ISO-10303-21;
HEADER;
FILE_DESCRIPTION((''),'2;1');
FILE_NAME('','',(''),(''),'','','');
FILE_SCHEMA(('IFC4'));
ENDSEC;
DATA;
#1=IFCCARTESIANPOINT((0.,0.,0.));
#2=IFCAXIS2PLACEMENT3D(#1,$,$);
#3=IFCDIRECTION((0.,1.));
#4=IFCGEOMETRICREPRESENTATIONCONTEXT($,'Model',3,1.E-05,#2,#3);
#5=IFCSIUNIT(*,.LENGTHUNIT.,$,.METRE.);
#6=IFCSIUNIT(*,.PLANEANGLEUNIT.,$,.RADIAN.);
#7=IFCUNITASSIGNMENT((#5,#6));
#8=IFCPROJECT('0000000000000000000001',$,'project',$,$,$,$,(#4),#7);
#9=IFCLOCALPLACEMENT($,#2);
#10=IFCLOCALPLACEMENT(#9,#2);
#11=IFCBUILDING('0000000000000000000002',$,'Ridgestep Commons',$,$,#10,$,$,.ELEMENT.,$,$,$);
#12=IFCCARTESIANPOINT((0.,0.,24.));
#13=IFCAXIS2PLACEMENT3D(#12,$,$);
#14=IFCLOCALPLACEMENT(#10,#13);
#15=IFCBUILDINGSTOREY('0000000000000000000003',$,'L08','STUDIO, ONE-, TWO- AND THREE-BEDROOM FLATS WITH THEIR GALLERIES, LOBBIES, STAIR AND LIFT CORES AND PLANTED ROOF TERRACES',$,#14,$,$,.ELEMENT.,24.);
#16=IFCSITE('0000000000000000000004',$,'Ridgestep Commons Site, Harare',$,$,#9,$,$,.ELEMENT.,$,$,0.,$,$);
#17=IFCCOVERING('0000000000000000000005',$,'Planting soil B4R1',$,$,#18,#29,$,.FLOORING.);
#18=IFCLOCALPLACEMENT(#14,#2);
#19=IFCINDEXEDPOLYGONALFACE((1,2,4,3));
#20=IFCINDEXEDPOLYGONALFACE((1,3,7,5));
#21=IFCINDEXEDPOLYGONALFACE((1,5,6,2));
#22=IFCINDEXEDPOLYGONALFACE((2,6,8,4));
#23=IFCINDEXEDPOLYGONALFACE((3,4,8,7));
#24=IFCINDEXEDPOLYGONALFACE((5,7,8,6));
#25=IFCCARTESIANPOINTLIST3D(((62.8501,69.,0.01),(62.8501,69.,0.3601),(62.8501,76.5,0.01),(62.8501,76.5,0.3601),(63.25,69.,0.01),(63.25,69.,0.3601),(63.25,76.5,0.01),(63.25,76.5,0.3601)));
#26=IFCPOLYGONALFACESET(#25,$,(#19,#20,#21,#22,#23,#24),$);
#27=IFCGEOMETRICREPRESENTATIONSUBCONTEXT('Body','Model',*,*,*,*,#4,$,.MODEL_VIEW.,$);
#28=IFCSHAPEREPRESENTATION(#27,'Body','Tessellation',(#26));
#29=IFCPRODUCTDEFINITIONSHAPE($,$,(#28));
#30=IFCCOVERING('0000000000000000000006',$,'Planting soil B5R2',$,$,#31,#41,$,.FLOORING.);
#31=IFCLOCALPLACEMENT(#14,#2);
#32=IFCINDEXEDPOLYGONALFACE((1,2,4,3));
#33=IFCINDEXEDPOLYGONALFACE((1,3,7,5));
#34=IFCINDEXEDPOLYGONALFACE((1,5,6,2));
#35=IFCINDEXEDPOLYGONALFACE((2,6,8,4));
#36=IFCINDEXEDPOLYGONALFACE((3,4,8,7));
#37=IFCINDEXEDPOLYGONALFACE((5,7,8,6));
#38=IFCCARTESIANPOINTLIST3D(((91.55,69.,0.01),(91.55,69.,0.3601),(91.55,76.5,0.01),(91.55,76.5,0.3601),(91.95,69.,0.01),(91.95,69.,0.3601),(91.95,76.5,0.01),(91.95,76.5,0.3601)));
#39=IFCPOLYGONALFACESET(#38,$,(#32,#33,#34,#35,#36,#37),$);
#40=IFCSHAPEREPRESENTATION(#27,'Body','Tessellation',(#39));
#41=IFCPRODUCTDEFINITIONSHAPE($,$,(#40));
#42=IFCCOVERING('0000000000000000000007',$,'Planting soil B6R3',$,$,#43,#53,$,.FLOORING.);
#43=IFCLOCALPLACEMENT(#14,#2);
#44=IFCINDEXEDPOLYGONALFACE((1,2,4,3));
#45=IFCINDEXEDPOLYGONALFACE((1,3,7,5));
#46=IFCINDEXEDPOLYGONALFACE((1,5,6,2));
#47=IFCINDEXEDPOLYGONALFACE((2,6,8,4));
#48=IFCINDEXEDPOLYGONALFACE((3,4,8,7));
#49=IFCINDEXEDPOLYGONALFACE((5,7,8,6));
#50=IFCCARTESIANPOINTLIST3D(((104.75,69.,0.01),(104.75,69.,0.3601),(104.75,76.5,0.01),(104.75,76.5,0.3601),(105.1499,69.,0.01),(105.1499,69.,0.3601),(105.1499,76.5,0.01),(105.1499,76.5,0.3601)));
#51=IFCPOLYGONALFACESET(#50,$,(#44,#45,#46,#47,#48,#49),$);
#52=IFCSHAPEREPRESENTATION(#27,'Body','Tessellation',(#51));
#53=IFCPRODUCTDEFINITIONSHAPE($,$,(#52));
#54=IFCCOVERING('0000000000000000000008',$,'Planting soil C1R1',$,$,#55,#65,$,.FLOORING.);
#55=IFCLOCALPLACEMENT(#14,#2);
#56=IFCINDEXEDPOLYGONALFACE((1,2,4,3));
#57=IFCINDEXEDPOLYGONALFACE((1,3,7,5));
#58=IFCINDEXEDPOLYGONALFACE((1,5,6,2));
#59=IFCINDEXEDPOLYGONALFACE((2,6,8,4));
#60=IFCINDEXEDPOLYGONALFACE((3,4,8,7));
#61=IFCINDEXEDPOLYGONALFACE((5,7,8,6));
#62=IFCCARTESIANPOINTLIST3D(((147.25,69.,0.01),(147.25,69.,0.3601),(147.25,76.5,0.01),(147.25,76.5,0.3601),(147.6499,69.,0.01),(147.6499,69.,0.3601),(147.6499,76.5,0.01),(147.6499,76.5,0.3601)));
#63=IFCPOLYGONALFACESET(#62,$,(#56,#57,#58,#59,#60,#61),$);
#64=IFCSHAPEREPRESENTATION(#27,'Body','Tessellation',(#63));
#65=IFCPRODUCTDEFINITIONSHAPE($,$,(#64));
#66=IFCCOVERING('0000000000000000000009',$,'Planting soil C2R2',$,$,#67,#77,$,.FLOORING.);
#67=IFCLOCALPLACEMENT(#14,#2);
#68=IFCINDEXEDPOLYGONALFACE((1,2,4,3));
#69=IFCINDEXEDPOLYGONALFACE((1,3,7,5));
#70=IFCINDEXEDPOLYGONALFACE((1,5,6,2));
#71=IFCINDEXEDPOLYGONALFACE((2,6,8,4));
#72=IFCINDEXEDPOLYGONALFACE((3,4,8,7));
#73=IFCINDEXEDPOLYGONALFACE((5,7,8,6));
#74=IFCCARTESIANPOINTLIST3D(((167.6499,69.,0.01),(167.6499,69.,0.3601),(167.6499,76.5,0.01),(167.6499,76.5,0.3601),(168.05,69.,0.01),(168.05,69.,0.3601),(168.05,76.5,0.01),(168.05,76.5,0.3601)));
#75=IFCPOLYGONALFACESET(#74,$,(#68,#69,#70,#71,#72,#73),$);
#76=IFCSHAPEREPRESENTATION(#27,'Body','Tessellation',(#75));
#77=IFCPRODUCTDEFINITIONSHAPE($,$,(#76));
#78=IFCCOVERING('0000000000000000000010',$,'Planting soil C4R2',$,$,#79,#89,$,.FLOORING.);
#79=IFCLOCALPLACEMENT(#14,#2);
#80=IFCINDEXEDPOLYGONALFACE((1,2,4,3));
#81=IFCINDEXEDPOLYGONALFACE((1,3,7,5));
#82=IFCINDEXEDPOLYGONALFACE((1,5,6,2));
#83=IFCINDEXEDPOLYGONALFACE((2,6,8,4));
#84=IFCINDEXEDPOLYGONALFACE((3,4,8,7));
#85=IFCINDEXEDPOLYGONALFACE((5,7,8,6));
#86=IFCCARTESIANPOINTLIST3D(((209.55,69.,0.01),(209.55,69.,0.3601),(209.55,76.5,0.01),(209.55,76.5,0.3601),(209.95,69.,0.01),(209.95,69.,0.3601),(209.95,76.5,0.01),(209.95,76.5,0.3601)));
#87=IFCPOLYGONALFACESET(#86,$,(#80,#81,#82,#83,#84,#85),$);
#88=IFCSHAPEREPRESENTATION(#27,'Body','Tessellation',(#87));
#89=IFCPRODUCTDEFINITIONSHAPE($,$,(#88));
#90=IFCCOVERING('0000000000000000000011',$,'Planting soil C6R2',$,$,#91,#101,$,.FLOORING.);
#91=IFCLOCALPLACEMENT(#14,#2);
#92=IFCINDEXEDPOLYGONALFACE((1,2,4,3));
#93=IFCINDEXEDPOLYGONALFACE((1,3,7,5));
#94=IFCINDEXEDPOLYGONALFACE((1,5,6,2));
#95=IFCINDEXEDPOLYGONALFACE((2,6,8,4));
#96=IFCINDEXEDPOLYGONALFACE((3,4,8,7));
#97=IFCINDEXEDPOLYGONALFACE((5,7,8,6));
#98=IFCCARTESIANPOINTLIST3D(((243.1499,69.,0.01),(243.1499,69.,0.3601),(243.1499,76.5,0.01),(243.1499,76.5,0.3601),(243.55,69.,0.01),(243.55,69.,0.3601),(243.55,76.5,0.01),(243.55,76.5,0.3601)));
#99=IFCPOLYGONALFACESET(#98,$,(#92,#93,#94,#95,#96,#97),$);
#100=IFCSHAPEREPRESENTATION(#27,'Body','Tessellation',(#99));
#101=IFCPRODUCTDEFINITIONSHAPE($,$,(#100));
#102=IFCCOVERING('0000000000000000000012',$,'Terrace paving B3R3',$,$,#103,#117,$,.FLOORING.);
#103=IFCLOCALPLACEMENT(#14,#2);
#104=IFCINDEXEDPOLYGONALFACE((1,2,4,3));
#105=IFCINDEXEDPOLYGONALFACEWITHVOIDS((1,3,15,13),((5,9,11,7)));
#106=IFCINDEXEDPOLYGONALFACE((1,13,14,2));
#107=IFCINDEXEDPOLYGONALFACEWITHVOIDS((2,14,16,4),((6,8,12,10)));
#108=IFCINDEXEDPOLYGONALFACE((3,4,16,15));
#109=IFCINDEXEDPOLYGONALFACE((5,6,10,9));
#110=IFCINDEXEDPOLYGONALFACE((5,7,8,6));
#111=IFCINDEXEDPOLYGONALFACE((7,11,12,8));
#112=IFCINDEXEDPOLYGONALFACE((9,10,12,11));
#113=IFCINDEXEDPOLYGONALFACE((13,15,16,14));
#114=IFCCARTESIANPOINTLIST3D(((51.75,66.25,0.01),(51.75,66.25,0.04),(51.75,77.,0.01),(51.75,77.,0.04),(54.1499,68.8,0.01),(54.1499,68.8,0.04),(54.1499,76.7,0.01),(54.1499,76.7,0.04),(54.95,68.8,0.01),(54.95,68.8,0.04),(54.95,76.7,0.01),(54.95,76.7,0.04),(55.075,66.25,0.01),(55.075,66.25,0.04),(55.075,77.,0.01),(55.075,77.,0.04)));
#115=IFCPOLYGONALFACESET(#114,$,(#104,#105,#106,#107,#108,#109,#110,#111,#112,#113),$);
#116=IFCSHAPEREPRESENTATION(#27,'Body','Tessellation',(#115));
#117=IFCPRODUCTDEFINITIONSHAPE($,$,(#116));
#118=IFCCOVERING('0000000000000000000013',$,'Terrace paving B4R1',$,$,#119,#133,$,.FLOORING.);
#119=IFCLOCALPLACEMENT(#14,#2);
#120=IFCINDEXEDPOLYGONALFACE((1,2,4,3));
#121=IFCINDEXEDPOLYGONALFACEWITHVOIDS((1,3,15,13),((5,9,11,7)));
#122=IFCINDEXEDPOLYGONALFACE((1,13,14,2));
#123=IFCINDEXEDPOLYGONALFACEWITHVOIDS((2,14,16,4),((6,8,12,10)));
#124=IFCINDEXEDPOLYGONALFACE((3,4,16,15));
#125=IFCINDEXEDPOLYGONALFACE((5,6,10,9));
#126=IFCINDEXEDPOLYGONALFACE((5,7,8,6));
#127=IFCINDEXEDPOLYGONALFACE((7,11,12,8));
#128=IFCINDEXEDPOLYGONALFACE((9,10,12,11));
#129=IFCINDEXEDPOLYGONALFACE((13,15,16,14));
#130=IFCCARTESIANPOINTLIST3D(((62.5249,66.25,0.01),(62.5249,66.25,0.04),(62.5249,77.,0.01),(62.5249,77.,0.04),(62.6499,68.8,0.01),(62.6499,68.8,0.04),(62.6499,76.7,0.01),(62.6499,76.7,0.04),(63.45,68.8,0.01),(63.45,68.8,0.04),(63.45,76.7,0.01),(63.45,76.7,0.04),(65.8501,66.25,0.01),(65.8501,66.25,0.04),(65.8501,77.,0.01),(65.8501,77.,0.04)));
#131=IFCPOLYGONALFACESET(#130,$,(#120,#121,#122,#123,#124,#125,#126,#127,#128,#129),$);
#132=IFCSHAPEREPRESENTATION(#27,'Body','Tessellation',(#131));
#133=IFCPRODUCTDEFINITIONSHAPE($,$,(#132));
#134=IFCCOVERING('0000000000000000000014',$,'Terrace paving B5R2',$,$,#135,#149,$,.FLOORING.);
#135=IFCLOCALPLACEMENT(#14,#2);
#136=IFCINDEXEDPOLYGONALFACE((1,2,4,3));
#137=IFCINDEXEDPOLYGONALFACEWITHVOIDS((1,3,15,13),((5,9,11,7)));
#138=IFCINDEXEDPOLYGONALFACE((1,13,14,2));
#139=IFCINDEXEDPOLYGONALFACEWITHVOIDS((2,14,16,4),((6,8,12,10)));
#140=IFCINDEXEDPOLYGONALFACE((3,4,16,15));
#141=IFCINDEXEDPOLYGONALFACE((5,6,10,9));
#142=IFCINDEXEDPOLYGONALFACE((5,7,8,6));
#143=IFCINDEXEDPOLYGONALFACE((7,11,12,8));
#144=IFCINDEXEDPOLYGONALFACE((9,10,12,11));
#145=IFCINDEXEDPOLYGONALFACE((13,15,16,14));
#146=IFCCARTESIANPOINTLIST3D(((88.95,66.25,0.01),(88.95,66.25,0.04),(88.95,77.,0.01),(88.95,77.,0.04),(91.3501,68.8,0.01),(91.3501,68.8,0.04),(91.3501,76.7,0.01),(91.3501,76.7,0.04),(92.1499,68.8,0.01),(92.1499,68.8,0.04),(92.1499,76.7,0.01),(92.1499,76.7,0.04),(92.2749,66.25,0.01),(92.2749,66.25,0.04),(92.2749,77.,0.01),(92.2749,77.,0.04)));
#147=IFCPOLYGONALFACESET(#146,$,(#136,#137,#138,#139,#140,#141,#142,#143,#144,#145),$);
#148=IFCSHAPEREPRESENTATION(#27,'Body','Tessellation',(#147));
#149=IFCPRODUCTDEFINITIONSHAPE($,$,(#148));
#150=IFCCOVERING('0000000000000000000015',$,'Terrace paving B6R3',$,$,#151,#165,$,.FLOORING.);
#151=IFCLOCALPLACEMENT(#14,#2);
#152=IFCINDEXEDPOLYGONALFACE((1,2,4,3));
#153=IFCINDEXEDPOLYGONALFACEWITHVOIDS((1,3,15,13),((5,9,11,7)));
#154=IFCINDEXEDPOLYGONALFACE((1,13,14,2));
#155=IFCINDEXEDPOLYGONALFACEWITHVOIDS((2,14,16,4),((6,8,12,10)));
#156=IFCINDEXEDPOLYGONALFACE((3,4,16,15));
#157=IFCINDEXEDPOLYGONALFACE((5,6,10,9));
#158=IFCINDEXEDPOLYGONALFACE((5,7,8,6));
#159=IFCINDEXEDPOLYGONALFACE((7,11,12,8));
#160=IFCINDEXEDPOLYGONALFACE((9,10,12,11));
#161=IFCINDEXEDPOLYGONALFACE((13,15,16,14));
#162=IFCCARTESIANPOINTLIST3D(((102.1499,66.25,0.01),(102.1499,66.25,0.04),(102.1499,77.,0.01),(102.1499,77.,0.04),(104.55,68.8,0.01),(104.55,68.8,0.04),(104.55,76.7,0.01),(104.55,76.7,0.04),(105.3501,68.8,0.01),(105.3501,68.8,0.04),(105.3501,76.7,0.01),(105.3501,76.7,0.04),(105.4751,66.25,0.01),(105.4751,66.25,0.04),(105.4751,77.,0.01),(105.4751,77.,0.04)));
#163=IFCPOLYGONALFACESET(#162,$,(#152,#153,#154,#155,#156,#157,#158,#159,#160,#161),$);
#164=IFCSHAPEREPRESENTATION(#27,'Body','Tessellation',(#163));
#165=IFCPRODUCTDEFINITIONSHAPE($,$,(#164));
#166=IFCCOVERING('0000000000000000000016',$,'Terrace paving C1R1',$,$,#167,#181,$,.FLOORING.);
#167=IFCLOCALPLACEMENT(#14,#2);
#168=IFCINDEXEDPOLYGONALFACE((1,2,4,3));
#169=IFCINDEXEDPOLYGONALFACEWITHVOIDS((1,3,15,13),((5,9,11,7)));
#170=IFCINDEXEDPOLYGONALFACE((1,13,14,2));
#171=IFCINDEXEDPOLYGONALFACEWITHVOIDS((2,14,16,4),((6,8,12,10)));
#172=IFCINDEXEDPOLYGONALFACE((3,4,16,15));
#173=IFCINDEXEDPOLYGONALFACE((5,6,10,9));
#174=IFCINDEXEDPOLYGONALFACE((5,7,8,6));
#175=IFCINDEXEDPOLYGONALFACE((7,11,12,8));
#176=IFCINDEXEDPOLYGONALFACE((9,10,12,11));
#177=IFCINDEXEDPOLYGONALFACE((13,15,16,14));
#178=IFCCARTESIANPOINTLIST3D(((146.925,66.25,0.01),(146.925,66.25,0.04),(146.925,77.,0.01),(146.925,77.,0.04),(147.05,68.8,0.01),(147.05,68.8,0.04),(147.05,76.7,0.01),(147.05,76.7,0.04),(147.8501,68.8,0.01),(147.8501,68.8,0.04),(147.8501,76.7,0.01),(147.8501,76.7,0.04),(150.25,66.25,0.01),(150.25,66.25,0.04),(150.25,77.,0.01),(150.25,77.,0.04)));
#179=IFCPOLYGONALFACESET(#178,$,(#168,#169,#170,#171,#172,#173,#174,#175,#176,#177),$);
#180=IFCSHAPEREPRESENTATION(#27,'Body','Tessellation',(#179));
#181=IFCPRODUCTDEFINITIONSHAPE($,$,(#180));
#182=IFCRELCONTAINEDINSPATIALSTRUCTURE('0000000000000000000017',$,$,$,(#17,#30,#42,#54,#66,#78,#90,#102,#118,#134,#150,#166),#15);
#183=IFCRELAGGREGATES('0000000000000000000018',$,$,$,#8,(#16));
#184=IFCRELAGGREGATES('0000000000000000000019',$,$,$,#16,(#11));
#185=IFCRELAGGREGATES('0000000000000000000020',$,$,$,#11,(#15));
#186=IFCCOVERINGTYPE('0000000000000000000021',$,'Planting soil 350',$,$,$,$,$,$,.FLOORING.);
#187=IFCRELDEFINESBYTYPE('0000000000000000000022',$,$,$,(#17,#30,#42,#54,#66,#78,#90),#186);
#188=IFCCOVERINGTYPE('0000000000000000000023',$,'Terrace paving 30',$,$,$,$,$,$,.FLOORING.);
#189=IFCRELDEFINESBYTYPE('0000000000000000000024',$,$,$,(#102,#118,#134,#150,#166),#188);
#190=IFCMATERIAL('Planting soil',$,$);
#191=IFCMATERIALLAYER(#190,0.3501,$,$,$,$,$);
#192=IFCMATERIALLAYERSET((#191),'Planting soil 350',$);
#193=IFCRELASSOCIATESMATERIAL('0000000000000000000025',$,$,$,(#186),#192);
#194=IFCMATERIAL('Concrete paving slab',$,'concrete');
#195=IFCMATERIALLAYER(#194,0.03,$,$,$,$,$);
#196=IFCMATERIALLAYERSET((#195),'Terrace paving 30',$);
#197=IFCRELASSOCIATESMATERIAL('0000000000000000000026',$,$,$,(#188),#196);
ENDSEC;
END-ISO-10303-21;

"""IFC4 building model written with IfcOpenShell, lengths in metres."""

from ifc_helpers import new_model, si_unit, direction, frame, origin, place, context, subcontext, project, spatial, polyline, outline, extrude, material, layer, layer_set, type_object, element, save


model = new_model("IFC4")

# Units and contexts
model_context = context("Model", 3, precision=1e-05, world=origin(), true_north=direction((0.0, 1.0)))
body_context = subcontext(model_context, "Body", "Model", "MODEL_VIEW")
ifc_project = project(units=[si_unit("LENGTHUNIT", "METRE"), si_unit("PLANEANGLEUNIT", "RADIAN")], contexts=[model_context])

# Site, building, storey
site_placement = place(None, origin())
site = spatial("IfcSite", under=ifc_project, at=site_placement, Name="Ridgestep Commons Site, Harare", CompositionType="ELEMENT", RefElevation=0.0)
building_placement = place(site_placement, origin())
building = spatial("IfcBuilding", under=site, at=building_placement, Name="Ridgestep Commons", CompositionType="ELEMENT")
storey_placement = place(building_placement, frame((0.0, 0.0, 24.0)))
storey = spatial("IfcBuildingStorey", under=building, at=storey_placement, Name="L08", Description="STUDIO, ONE-, TWO- AND THREE-BEDROOM FLATS WITH THEIR GALLERIES, LOBBIES, STAIR AND LIFT CORES AND PLANTED ROOF TERRACES", CompositionType="ELEMENT", Elevation=24.0)

# Coverings
ifc_material_1 = material(Name="Planting soil")
ifc_layer_1 = layer(ifc_material_1, 0.3501)
ifc_layer_set_1 = layer_set([ifc_layer_1], Name="Planting soil 350")
covering_type_1 = type_object("IfcCoveringType", Name="Planting soil 350", PredefinedType="FLOORING", material=ifc_layer_set_1)
covering_1_placement = place(storey_placement, frame((0.0, 0.0, 0.01)))
element("IfcCovering", 1, at=covering_1_placement, inside=storey, type_object=covering_type_1, Name="Planting soil B4R1", PredefinedType="FLOORING", context=body_context, shape_type="SweptSolid", body=[
    extrude(outline(polyline([(62.8501, 69.0), (63.25, 69.0), (63.25, 76.5), (62.8501, 76.5), (62.8501, 69.0)])), origin(), (0.0, 0.0, 1.0), 0.3501),
])
covering_2_placement = place(storey_placement, frame((0.0, 0.0, 0.01)))
element("IfcCovering", 2, at=covering_2_placement, inside=storey, type_object=covering_type_1, Name="Planting soil B5R2", PredefinedType="FLOORING", context=body_context, shape_type="SweptSolid", body=[
    extrude(outline(polyline([(91.55, 69.0), (91.95, 69.0), (91.95, 76.5), (91.55, 76.5), (91.55, 69.0)])), origin(), (0.0, 0.0, 1.0), 0.3501),
])
covering_3_placement = place(storey_placement, frame((0.0, 0.0, 0.01)))
element("IfcCovering", 3, at=covering_3_placement, inside=storey, type_object=covering_type_1, Name="Planting soil B6R3", PredefinedType="FLOORING", context=body_context, shape_type="SweptSolid", body=[
    extrude(outline(polyline([(104.75, 69.0), (105.1499, 69.0), (105.1499, 76.5), (104.75, 76.5), (104.75, 69.0)])), origin(), (0.0, 0.0, 1.0), 0.3501),
])
covering_4_placement = place(storey_placement, frame((0.0, 0.0, 0.01)))
element("IfcCovering", 4, at=covering_4_placement, inside=storey, type_object=covering_type_1, Name="Planting soil C1R1", PredefinedType="FLOORING", context=body_context, shape_type="SweptSolid", body=[
    extrude(outline(polyline([(147.25, 69.0), (147.6499, 69.0), (147.6499, 76.5), (147.25, 76.5), (147.25, 69.0)])), origin(), (0.0, 0.0, 1.0), 0.3501),
])
covering_5_placement = place(storey_placement, frame((0.0, 0.0, 0.01)))
element("IfcCovering", 5, at=covering_5_placement, inside=storey, type_object=covering_type_1, Name="Planting soil C2R2", PredefinedType="FLOORING", context=body_context, shape_type="SweptSolid", body=[
    extrude(outline(polyline([(167.6499, 69.0), (168.05, 69.0), (168.05, 76.5), (167.6499, 76.5), (167.6499, 69.0)])), origin(), (0.0, 0.0, 1.0), 0.3501),
])
covering_6_placement = place(storey_placement, frame((0.0, 0.0, 0.01)))
element("IfcCovering", 6, at=covering_6_placement, inside=storey, type_object=covering_type_1, Name="Planting soil C4R2", PredefinedType="FLOORING", context=body_context, shape_type="SweptSolid", body=[
    extrude(outline(polyline([(209.55, 69.0), (209.95, 69.0), (209.95, 76.5), (209.55, 76.5), (209.55, 69.0)])), origin(), (0.0, 0.0, 1.0), 0.3501),
])
covering_7_placement = place(storey_placement, frame((0.0, 0.0, 0.01)))
element("IfcCovering", 7, at=covering_7_placement, inside=storey, type_object=covering_type_1, Name="Planting soil C6R2", PredefinedType="FLOORING", context=body_context, shape_type="SweptSolid", body=[
    extrude(outline(polyline([(243.1499, 69.0), (243.55, 69.0), (243.55, 76.5), (243.1499, 76.5), (243.1499, 69.0)])), origin(), (0.0, 0.0, 1.0), 0.3501),
])
ifc_material_2 = material(Name="Concrete paving slab", Category="concrete")
ifc_layer_2 = layer(ifc_material_2, 0.03)
ifc_layer_set_2 = layer_set([ifc_layer_2], Name="Terrace paving 30")
covering_type_2 = type_object("IfcCoveringType", Name="Terrace paving 30", PredefinedType="FLOORING", material=ifc_layer_set_2)
covering_8_placement = place(storey_placement, frame((0.0, 0.0, 0.01)))
element("IfcCovering", 8, at=covering_8_placement, inside=storey, type_object=covering_type_2, Name="Terrace paving B3R3", PredefinedType="FLOORING", context=body_context, shape_type="SweptSolid", body=[
    extrude(outline(polyline([(55.075, 66.25), (55.075, 77.0), (51.75, 77.0), (51.75, 66.25), (55.075, 66.25)]), holes=[polyline([(54.95, 68.8), (54.95, 76.7), (54.1499, 76.7), (54.1499, 68.8), (54.95, 68.8)])]), origin(), (0.0, 0.0, 1.0), 0.03),
])
covering_9_placement = place(storey_placement, frame((0.0, 0.0, 0.01)))
element("IfcCovering", 9, at=covering_9_placement, inside=storey, type_object=covering_type_2, Name="Terrace paving B4R1", PredefinedType="FLOORING", context=body_context, shape_type="SweptSolid", body=[
    extrude(outline(polyline([(65.8501, 66.25), (65.8501, 77.0), (62.5249, 77.0), (62.5249, 66.25), (65.8501, 66.25)]), holes=[polyline([(63.45, 68.8), (63.45, 76.7), (62.6499, 76.7), (62.6499, 68.8), (63.45, 68.8)])]), origin(), (0.0, 0.0, 1.0), 0.03),
])
covering_10_placement = place(storey_placement, frame((0.0, 0.0, 0.01)))
element("IfcCovering", 10, at=covering_10_placement, inside=storey, type_object=covering_type_2, Name="Terrace paving B5R2", PredefinedType="FLOORING", context=body_context, shape_type="SweptSolid", body=[
    extrude(outline(polyline([(92.2749, 66.25), (92.2749, 77.0), (88.95, 77.0), (88.95, 66.25), (92.2749, 66.25)]), holes=[polyline([(92.1499, 68.8), (92.1499, 76.7), (91.3501, 76.7), (91.3501, 68.8), (92.1499, 68.8)])]), origin(), (0.0, 0.0, 1.0), 0.03),
])
covering_11_placement = place(storey_placement, frame((0.0, 0.0, 0.01)))
element("IfcCovering", 11, at=covering_11_placement, inside=storey, type_object=covering_type_2, Name="Terrace paving B6R3", PredefinedType="FLOORING", context=body_context, shape_type="SweptSolid", body=[
    extrude(outline(polyline([(105.4751, 66.25), (105.4751, 77.0), (102.1499, 77.0), (102.1499, 66.25), (105.4751, 66.25)]), holes=[polyline([(105.3501, 68.8), (105.3501, 76.7), (104.55, 76.7), (104.55, 68.8), (105.3501, 68.8)])]), origin(), (0.0, 0.0, 1.0), 0.03),
])
covering_12_placement = place(storey_placement, frame((0.0, 0.0, 0.01)))
element("IfcCovering", 12, at=covering_12_placement, inside=storey, type_object=covering_type_2, Name="Terrace paving C1R1", PredefinedType="FLOORING", context=body_context, shape_type="SweptSolid", body=[
    extrude(outline(polyline([(150.25, 66.25), (150.25, 77.0), (146.925, 77.0), (146.925, 66.25), (150.25, 66.25)]), holes=[polyline([(147.8501, 68.8), (147.8501, 76.7), (147.05, 76.7), (147.05, 68.8), (147.8501, 68.8)])]), origin(), (0.0, 0.0, 1.0), 0.03),
])

save(model, "model.ifc")
